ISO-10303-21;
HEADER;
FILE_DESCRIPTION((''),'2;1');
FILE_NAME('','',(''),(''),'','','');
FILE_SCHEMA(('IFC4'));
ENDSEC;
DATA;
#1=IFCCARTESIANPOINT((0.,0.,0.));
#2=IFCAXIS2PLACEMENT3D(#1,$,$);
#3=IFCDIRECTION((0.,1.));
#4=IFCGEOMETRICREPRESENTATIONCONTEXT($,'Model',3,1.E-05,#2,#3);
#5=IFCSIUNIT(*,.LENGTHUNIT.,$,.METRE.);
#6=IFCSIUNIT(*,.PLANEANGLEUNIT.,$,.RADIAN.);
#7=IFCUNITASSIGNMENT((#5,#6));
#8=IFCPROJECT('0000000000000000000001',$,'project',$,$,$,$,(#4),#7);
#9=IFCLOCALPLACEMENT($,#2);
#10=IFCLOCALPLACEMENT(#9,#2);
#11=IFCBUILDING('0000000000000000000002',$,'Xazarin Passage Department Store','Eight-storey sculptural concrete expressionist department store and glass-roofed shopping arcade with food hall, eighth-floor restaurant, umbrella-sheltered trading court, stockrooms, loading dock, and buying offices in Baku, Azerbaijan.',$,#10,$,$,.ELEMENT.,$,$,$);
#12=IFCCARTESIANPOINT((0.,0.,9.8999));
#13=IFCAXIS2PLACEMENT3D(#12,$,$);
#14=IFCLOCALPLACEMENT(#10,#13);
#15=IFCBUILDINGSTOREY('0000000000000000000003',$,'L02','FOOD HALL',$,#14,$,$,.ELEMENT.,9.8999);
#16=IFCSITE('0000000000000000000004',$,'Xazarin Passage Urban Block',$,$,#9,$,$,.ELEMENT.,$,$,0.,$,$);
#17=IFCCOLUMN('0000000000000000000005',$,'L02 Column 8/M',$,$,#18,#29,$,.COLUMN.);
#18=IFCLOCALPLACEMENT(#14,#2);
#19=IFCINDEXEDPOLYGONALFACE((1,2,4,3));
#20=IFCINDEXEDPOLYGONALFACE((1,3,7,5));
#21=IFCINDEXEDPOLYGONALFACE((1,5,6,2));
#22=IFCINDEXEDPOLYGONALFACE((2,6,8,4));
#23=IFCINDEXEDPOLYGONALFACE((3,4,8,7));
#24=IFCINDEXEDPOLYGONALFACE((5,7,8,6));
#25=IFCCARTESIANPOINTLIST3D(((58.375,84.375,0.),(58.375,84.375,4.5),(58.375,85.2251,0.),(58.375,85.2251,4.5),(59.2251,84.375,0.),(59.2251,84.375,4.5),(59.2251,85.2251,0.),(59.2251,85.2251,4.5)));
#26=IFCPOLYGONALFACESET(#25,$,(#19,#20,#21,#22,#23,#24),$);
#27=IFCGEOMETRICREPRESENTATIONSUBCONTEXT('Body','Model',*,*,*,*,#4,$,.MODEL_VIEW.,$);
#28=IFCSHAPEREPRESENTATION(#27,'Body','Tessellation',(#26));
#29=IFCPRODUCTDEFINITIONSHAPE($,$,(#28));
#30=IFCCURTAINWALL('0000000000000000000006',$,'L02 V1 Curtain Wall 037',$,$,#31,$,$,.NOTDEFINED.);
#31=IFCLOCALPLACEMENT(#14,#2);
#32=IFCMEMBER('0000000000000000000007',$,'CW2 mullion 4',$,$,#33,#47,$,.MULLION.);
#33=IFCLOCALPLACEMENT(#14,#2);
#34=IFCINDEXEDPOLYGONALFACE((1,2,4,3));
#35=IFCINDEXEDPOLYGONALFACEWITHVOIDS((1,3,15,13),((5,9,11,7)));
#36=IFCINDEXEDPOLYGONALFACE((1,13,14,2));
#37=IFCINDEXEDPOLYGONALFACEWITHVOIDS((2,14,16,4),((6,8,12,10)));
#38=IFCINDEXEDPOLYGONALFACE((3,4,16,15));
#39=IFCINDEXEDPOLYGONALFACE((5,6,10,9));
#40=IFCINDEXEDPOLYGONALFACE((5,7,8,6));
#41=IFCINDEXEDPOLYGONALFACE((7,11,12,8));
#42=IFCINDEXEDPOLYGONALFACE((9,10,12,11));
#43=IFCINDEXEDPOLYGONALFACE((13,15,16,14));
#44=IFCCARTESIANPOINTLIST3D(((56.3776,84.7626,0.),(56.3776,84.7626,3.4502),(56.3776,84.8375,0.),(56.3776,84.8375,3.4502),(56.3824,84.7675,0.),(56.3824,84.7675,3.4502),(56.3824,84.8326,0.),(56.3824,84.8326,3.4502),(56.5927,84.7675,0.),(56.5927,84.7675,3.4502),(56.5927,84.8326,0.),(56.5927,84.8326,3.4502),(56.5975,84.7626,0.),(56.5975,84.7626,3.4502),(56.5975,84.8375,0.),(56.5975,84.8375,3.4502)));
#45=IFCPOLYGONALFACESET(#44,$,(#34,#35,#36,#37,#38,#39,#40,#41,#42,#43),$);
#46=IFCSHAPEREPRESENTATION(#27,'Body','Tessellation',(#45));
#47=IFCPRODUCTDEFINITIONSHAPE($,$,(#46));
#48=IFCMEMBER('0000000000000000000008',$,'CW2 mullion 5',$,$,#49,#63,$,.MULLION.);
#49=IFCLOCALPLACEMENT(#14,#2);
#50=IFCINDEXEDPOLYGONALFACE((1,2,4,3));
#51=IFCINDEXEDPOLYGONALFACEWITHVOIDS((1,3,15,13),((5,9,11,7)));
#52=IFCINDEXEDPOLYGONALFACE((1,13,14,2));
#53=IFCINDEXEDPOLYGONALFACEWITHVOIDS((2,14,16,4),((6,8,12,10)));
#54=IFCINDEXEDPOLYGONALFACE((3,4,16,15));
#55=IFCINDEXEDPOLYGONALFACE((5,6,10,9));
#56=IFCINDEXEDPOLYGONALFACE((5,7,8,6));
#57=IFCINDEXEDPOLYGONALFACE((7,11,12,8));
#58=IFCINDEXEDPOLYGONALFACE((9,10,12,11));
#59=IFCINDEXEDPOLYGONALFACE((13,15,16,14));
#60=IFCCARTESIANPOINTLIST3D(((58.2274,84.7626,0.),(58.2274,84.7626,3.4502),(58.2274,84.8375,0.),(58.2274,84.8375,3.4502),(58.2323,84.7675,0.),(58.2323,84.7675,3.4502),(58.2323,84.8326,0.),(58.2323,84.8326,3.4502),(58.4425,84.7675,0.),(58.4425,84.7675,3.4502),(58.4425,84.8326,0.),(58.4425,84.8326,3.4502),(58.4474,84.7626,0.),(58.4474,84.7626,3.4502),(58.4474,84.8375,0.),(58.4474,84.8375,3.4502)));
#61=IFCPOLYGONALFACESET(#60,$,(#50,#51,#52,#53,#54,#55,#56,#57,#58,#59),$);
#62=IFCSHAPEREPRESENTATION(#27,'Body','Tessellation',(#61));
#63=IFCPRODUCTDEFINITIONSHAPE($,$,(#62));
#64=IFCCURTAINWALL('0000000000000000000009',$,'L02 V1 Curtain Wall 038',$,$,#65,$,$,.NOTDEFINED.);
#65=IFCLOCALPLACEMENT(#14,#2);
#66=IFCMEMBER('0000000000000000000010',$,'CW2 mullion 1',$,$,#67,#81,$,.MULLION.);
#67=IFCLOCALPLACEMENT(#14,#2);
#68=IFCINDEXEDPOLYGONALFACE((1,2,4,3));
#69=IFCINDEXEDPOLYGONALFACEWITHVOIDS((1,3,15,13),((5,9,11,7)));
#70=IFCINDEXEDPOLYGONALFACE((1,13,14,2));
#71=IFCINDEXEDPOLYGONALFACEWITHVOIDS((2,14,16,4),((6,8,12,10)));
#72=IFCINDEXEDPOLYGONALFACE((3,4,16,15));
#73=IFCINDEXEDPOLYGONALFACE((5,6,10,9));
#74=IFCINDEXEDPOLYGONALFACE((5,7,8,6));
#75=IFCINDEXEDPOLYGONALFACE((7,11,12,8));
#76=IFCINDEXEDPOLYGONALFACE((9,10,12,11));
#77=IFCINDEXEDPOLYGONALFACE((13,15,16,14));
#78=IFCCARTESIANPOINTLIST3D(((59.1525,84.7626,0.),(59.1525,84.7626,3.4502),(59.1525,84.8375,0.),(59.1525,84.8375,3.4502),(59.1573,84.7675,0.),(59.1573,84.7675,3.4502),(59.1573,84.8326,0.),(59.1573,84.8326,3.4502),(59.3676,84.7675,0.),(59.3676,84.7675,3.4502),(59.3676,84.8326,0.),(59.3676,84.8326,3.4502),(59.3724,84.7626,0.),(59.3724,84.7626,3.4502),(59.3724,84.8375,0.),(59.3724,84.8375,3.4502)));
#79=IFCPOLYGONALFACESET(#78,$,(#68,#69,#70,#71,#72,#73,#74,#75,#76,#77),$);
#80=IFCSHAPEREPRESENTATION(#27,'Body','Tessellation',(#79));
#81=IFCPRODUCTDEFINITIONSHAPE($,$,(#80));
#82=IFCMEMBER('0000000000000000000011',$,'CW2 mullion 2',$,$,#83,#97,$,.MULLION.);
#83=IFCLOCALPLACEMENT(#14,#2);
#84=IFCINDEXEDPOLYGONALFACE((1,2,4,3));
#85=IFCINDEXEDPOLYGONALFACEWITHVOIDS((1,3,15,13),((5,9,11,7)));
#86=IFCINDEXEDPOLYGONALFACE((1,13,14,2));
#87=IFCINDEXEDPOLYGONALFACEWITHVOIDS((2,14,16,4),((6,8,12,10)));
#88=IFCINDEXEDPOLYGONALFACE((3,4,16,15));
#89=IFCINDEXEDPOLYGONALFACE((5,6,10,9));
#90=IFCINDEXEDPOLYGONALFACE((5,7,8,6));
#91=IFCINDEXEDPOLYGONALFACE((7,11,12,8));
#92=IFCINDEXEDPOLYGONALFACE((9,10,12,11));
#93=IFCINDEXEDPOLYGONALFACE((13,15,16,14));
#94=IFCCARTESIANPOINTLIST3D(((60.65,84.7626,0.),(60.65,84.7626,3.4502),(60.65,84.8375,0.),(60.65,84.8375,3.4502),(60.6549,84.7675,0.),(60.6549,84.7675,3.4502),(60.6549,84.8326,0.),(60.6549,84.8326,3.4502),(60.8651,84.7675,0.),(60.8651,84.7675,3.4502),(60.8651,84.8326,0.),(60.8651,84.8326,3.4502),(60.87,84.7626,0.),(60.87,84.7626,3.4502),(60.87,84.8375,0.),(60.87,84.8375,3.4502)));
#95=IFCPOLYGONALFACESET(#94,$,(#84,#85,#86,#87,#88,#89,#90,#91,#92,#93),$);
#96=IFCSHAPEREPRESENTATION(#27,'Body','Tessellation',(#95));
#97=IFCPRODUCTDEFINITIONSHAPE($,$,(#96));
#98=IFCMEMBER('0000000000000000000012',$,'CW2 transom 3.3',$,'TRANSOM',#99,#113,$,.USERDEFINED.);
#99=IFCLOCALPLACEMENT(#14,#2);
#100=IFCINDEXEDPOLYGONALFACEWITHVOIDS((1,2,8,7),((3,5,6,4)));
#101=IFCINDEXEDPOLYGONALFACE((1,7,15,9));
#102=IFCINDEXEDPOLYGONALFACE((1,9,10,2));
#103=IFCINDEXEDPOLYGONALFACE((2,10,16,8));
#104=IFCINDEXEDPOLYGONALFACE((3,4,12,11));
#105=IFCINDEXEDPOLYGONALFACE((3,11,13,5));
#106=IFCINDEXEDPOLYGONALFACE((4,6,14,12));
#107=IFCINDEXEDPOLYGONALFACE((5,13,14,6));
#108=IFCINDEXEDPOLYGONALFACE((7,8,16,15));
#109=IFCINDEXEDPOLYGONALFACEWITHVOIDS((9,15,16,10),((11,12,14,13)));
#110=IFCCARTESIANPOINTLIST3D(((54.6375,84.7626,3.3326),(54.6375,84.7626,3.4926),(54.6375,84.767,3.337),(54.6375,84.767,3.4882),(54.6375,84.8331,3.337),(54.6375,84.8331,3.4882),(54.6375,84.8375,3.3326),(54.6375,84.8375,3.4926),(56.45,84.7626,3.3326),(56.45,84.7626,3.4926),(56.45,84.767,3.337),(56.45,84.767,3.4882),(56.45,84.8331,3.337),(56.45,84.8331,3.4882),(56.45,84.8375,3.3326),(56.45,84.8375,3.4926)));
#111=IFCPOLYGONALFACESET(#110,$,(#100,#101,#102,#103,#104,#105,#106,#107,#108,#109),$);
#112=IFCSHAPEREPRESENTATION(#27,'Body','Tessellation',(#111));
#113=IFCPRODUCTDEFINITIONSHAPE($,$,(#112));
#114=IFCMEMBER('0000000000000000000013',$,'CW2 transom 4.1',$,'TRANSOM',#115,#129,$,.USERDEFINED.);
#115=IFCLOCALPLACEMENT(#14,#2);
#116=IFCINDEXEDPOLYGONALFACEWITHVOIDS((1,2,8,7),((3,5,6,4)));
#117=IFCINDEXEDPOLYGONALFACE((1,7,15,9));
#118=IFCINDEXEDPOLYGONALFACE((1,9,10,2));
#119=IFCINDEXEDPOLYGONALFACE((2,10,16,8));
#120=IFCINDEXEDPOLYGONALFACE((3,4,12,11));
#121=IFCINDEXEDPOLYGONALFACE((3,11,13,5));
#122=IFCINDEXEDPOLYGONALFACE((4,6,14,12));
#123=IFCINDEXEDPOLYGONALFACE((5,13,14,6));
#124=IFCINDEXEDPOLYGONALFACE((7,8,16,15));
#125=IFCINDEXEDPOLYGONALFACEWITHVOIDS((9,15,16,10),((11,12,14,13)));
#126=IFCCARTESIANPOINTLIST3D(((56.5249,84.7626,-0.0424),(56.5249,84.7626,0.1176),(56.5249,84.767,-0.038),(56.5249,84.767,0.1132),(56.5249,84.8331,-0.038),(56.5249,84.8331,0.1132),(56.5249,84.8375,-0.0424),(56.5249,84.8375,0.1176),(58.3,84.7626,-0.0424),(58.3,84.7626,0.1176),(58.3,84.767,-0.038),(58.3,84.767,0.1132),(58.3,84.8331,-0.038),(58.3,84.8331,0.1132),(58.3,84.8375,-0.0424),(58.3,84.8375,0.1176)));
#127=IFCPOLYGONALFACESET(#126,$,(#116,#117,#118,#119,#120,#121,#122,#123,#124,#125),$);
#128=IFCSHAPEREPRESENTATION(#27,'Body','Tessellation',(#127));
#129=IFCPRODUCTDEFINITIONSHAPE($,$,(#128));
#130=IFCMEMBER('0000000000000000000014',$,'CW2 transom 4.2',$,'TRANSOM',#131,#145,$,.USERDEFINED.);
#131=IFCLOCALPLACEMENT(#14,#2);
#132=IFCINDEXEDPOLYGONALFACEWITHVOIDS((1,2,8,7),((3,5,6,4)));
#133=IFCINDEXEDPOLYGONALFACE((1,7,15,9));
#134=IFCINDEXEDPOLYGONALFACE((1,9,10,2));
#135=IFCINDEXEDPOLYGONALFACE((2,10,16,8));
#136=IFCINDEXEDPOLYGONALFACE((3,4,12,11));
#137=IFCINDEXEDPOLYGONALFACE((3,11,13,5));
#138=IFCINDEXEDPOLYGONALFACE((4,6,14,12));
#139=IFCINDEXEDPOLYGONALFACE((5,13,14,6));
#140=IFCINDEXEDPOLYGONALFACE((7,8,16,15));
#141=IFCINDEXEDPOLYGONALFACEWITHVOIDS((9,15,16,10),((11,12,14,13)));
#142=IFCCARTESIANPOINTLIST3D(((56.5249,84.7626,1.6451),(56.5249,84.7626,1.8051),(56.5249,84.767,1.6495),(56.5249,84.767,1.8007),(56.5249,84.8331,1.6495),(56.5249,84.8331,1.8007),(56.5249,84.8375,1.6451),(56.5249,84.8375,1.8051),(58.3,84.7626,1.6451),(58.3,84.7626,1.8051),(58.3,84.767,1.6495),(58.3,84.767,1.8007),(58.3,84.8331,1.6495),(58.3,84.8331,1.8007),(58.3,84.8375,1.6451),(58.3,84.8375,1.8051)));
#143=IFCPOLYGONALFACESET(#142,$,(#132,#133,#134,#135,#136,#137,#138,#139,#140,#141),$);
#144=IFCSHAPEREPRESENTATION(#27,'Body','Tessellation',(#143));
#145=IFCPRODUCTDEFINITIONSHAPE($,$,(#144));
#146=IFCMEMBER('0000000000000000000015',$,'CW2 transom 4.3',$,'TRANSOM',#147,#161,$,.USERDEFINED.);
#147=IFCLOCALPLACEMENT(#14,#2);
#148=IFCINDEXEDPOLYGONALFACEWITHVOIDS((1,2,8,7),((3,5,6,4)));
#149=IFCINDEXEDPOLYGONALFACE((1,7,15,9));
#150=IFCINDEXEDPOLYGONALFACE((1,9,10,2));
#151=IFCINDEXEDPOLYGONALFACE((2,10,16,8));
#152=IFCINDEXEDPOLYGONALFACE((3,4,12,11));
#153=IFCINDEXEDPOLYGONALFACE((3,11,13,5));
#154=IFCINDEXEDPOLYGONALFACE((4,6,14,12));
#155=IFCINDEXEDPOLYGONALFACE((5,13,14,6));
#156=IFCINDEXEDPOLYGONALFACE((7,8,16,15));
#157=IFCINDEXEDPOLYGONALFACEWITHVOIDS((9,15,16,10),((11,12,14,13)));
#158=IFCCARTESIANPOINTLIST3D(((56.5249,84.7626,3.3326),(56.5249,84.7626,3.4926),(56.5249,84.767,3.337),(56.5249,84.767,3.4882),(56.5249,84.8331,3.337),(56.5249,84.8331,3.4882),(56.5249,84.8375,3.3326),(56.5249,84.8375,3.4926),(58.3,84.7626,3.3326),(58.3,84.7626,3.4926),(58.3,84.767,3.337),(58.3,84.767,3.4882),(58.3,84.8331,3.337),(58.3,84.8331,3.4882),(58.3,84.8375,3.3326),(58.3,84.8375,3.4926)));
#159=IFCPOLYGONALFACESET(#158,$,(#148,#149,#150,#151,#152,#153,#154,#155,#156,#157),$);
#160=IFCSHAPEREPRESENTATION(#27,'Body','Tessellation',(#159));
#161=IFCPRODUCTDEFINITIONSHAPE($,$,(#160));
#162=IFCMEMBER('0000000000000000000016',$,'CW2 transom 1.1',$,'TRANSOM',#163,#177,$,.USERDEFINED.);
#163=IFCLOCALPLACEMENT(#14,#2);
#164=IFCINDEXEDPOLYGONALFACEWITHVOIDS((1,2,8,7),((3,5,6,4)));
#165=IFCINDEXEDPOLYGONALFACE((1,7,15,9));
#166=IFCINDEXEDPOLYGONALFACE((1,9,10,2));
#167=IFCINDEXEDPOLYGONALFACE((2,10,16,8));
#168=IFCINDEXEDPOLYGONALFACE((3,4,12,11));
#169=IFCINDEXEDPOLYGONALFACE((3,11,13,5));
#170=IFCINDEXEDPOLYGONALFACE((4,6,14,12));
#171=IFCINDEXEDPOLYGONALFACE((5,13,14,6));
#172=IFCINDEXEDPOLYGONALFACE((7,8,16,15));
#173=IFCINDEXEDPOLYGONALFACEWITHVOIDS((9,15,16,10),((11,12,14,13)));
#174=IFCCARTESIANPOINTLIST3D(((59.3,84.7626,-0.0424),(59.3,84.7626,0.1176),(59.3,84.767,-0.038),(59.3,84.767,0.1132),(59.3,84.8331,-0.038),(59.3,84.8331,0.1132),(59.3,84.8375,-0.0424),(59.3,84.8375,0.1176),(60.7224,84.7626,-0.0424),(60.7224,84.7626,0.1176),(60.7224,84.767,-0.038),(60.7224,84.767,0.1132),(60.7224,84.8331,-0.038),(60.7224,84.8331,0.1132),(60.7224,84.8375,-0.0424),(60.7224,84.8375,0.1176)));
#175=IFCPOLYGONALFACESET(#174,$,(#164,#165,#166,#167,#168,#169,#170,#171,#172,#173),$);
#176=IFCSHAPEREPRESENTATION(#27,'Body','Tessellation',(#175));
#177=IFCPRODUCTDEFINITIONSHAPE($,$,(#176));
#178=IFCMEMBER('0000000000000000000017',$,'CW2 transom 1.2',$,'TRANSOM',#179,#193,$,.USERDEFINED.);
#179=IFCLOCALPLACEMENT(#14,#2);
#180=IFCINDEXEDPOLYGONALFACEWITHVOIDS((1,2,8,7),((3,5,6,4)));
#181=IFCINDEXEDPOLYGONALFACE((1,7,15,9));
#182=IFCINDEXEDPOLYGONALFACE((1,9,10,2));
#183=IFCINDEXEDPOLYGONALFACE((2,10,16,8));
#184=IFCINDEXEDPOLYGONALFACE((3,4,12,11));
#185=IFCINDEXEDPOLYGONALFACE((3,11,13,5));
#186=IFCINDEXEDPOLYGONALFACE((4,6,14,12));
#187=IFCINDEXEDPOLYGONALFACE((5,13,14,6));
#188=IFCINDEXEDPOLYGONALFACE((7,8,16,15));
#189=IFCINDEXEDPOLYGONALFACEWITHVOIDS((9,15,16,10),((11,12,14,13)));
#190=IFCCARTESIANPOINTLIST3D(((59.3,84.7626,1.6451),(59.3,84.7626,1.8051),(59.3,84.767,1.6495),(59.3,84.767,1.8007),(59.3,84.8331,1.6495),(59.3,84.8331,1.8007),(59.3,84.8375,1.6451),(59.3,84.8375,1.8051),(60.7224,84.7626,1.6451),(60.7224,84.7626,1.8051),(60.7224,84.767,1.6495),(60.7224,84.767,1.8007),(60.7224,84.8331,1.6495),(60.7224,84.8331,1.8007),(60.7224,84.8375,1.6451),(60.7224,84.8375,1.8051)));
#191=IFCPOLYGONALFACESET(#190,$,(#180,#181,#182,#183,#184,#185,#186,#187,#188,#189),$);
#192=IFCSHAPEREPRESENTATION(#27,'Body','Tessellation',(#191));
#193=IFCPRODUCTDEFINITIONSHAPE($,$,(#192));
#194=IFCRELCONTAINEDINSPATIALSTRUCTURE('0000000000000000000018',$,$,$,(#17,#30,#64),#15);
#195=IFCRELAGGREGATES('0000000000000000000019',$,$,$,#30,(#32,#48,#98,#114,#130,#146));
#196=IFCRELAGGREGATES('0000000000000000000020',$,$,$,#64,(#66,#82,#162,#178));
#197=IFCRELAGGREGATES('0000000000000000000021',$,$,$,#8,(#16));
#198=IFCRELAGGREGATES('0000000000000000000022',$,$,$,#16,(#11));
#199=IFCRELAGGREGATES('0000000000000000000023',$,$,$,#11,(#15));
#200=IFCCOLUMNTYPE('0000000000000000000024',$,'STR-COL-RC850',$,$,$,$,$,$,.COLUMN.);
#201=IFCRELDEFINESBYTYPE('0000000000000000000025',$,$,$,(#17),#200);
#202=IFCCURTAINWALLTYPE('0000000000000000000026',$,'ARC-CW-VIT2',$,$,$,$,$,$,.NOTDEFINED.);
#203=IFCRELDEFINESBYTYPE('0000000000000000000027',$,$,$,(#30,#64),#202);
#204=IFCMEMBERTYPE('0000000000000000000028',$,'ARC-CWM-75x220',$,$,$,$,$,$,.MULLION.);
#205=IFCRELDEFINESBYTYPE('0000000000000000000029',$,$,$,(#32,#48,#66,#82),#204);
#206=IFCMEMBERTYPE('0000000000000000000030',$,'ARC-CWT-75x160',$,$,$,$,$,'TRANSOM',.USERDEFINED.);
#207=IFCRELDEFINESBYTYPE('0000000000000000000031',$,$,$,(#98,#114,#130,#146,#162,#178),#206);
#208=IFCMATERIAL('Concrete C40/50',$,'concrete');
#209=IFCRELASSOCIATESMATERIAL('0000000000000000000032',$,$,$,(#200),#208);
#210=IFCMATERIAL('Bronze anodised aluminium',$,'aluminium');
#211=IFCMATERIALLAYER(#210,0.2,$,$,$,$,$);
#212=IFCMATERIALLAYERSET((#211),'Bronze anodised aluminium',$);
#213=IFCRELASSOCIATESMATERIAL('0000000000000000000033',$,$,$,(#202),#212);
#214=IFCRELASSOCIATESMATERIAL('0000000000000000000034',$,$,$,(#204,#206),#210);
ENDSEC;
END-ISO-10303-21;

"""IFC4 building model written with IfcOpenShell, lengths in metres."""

from ifc_helpers import new_model, si_unit, direction, frame, origin, origin_2d, place, context, subcontext, project, spatial, rectangle, hollow_rectangle, extrude, material, layer, layer_set, material_profile, profile_set, type_object, element, aggregate, save


model = new_model("IFC4")

# Units and contexts
model_context = context("Model", 3, precision=1e-05, world=origin(), true_north=direction((0.0, 1.0)))
body_context = subcontext(model_context, "Body", "Model", "MODEL_VIEW")
ifc_project = project(units=[si_unit("LENGTHUNIT", "METRE"), si_unit("PLANEANGLEUNIT", "RADIAN")], contexts=[model_context])

# Site, building, storey
site_placement = place(None, origin())
site = spatial("IfcSite", under=ifc_project, at=site_placement, Name="Xazarin Passage Urban Block", CompositionType="ELEMENT", RefElevation=0.0)
building_placement = place(site_placement, origin())
building = spatial("IfcBuilding", under=site, at=building_placement, Name="Xazarin Passage Department Store", Description="Eight-storey sculptural concrete expressionist department store and glass-roofed shopping arcade with food hall, eighth-floor restaurant, umbrella-sheltered trading court, stockrooms, loading dock, and buying offices in Baku, Azerbaijan.", CompositionType="ELEMENT")
storey_placement = place(building_placement, frame((0.0, 0.0, 9.8999)))
storey = spatial("IfcBuildingStorey", under=building, at=storey_placement, Name="L02", Description="FOOD HALL", CompositionType="ELEMENT", Elevation=9.8999)

# Column
ifc_material_1 = material(Name="Concrete C40/50", Category="concrete")
ifc_material_profile_1 = material_profile(ifc_material_1, rectangle(XDim=0.8501, YDim=0.8501, at=origin_2d()), Name="RC 850x850")
ifc_profile_set_1 = profile_set([ifc_material_profile_1], Name="Concrete C40/50")
column_type = type_object("IfcColumnType", Name="STR-COL-RC850", PredefinedType="COLUMN", material=ifc_profile_set_1)
column_placement = place(storey_placement, frame((58.8, 84.8, 0.0), z_axis=(0.0, 0.0, 1.0), x_axis=(1.0, 0.0, 0.0)))
element("IfcColumn", 1, at=column_placement, inside=storey, type_object=column_type, Name="L02 Column 8/M", PredefinedType="COLUMN", context=body_context, shape_type="SweptSolid", body=[
    extrude(rectangle(XDim=0.8501, YDim=0.8501, at=origin_2d()), origin(), (0.0, 0.0, 1.0), 4.5),
])

# Curtain walls, members
ifc_material_2 = material(Name="Bronze anodised aluminium", Category="aluminium")
ifc_layer_1 = layer(ifc_material_2, 0.2)
ifc_layer_set_1 = layer_set([ifc_layer_1], Name="Bronze anodised aluminium")
curtain_wall_type = type_object("IfcCurtainWallType", Name="ARC-CW-VIT2", PredefinedType="NOTDEFINED", material=ifc_layer_set_1)
curtain_wall_1_placement = place(storey_placement, origin())
curtain_wall_1 = element("IfcCurtainWall", 2, at=curtain_wall_1_placement, inside=storey, type_object=curtain_wall_type, Name="L02 V1 Curtain Wall 037", PredefinedType="NOTDEFINED")
ifc_material_profile_2 = material_profile(ifc_material_2, hollow_rectangle(XDim=0.075, YDim=0.22, WallThickness=0.0049, at=origin_2d()), Name="ALU 75x220")
ifc_profile_set_2 = profile_set([ifc_material_profile_2], Name="Bronze anodised aluminium")
member_type_1 = type_object("IfcMemberType", Name="ARC-CWM-75x220", PredefinedType="MULLION", material=ifc_profile_set_2)
member_1_placement = place(storey_placement, frame((56.4875, 84.8, 0.0), z_axis=(0.0, 0.0, 1.0), x_axis=(0.0, 1.0, 0.0)))
member_1 = element("IfcMember", 3, at=member_1_placement, type_object=member_type_1, Name="CW2 mullion 4", PredefinedType="MULLION", context=body_context, shape_type="SweptSolid", body=[
    extrude(hollow_rectangle(XDim=0.075, YDim=0.22, WallThickness=0.0049, at=origin_2d()), origin(), (0.0, 0.0, 1.0), 3.4502),
])
member_2_placement = place(storey_placement, frame((58.3374, 84.8, 0.0), z_axis=(0.0, 0.0, 1.0), x_axis=(0.0, 1.0, 0.0)))
member_2 = element("IfcMember", 4, at=member_2_placement, type_object=member_type_1, Name="CW2 mullion 5", PredefinedType="MULLION", context=body_context, shape_type="SweptSolid", body=[
    extrude(hollow_rectangle(XDim=0.075, YDim=0.22, WallThickness=0.0049, at=origin_2d()), origin(), (0.0, 0.0, 1.0), 3.4502),
])
curtain_wall_2_placement = place(storey_placement, origin())
curtain_wall_2 = element("IfcCurtainWall", 5, at=curtain_wall_2_placement, inside=storey, type_object=curtain_wall_type, Name="L02 V1 Curtain Wall 038", PredefinedType="NOTDEFINED")
member_3_placement = place(storey_placement, frame((59.2625, 84.8, 0.0), z_axis=(0.0, 0.0, 1.0), x_axis=(0.0, 1.0, 0.0)))
member_3 = element("IfcMember", 6, at=member_3_placement, type_object=member_type_1, Name="CW2 mullion 1", PredefinedType="MULLION", context=body_context, shape_type="SweptSolid", body=[
    extrude(hollow_rectangle(XDim=0.075, YDim=0.22, WallThickness=0.0049, at=origin_2d()), origin(), (0.0, 0.0, 1.0), 3.4502),
])
member_4_placement = place(storey_placement, frame((60.76, 84.8, 0.0), z_axis=(0.0, 0.0, 1.0), x_axis=(0.0, 1.0, 0.0)))
member_4 = element("IfcMember", 7, at=member_4_placement, type_object=member_type_1, Name="CW2 mullion 2", PredefinedType="MULLION", context=body_context, shape_type="SweptSolid", body=[
    extrude(hollow_rectangle(XDim=0.075, YDim=0.22, WallThickness=0.0049, at=origin_2d()), origin(), (0.0, 0.0, 1.0), 3.4502),
])

# Members
ifc_material_profile_3 = material_profile(ifc_material_2, hollow_rectangle(XDim=0.075, YDim=0.1599, WallThickness=0.0044, at=origin_2d()), Name="ALU 75x160")
ifc_profile_set_3 = profile_set([ifc_material_profile_3], Name="Bronze anodised aluminium")
member_type_2 = type_object("IfcMemberType", Name="ARC-CWT-75x160", ElementType="TRANSOM", PredefinedType="USERDEFINED", material=ifc_profile_set_3)
member_5_placement = place(storey_placement, frame((54.6375, 84.8, 3.4126), z_axis=(1.0, 0.0, 0.0), x_axis=(0.0, 1.0, 0.0)))
member_5 = element("IfcMember", 8, at=member_5_placement, type_object=member_type_2, Name="CW2 transom 3.3", ObjectType="TRANSOM", PredefinedType="USERDEFINED", context=body_context, shape_type="SweptSolid", body=[
    extrude(hollow_rectangle(XDim=0.075, YDim=0.1599, WallThickness=0.0044, at=origin_2d()), origin(), (0.0, 0.0, 1.0), 1.8125),
])
member_6_placement = place(storey_placement, frame((56.5249, 84.8, 0.0376), z_axis=(1.0, 0.0, 0.0), x_axis=(0.0, 1.0, 0.0)))
member_6 = element("IfcMember", 9, at=member_6_placement, type_object=member_type_2, Name="CW2 transom 4.1", ObjectType="TRANSOM", PredefinedType="USERDEFINED", context=body_context, shape_type="SweptSolid", body=[
    extrude(hollow_rectangle(XDim=0.075, YDim=0.1599, WallThickness=0.0044, at=origin_2d()), origin(), (0.0, 0.0, 1.0), 1.7751),
])
member_7_placement = place(storey_placement, frame((56.5249, 84.8, 1.7251), z_axis=(1.0, 0.0, 0.0), x_axis=(0.0, 1.0, 0.0)))
member_7 = element("IfcMember", 10, at=member_7_placement, type_object=member_type_2, Name="CW2 transom 4.2", ObjectType="TRANSOM", PredefinedType="USERDEFINED", context=body_context, shape_type="SweptSolid", body=[
    extrude(hollow_rectangle(XDim=0.075, YDim=0.1599, WallThickness=0.0044, at=origin_2d()), origin(), (0.0, 0.0, 1.0), 1.7751),
])
member_8_placement = place(storey_placement, frame((56.5249, 84.8, 3.4126), z_axis=(1.0, 0.0, 0.0), x_axis=(0.0, 1.0, 0.0)))
member_8 = element("IfcMember", 11, at=member_8_placement, type_object=member_type_2, Name="CW2 transom 4.3", ObjectType="TRANSOM", PredefinedType="USERDEFINED", context=body_context, shape_type="SweptSolid", body=[
    extrude(hollow_rectangle(XDim=0.075, YDim=0.1599, WallThickness=0.0044, at=origin_2d()), origin(), (0.0, 0.0, 1.0), 1.7751),
])
member_9_placement = place(storey_placement, frame((59.3, 84.8, 0.0376), z_axis=(1.0, 0.0, 0.0), x_axis=(0.0, 1.0, 0.0)))
member_9 = element("IfcMember", 12, at=member_9_placement, type_object=member_type_2, Name="CW2 transom 1.1", ObjectType="TRANSOM", PredefinedType="USERDEFINED", context=body_context, shape_type="SweptSolid", body=[
    extrude(hollow_rectangle(XDim=0.075, YDim=0.1599, WallThickness=0.0044, at=origin_2d()), origin(), (0.0, 0.0, 1.0), 1.4224),
])
member_10_placement = place(storey_placement, frame((59.3, 84.8, 1.7251), z_axis=(1.0, 0.0, 0.0), x_axis=(0.0, 1.0, 0.0)))
member_10 = element("IfcMember", 13, at=member_10_placement, type_object=member_type_2, Name="CW2 transom 1.2", ObjectType="TRANSOM", PredefinedType="USERDEFINED", context=body_context, shape_type="SweptSolid", body=[
    extrude(hollow_rectangle(XDim=0.075, YDim=0.1599, WallThickness=0.0044, at=origin_2d()), origin(), (0.0, 0.0, 1.0), 1.4224),
])

aggregate(curtain_wall_1, [member_1, member_2, member_5, member_6, member_7, member_8])
aggregate(curtain_wall_2, [member_3, member_4, member_9, member_10])

save(model, "model.ifc")
